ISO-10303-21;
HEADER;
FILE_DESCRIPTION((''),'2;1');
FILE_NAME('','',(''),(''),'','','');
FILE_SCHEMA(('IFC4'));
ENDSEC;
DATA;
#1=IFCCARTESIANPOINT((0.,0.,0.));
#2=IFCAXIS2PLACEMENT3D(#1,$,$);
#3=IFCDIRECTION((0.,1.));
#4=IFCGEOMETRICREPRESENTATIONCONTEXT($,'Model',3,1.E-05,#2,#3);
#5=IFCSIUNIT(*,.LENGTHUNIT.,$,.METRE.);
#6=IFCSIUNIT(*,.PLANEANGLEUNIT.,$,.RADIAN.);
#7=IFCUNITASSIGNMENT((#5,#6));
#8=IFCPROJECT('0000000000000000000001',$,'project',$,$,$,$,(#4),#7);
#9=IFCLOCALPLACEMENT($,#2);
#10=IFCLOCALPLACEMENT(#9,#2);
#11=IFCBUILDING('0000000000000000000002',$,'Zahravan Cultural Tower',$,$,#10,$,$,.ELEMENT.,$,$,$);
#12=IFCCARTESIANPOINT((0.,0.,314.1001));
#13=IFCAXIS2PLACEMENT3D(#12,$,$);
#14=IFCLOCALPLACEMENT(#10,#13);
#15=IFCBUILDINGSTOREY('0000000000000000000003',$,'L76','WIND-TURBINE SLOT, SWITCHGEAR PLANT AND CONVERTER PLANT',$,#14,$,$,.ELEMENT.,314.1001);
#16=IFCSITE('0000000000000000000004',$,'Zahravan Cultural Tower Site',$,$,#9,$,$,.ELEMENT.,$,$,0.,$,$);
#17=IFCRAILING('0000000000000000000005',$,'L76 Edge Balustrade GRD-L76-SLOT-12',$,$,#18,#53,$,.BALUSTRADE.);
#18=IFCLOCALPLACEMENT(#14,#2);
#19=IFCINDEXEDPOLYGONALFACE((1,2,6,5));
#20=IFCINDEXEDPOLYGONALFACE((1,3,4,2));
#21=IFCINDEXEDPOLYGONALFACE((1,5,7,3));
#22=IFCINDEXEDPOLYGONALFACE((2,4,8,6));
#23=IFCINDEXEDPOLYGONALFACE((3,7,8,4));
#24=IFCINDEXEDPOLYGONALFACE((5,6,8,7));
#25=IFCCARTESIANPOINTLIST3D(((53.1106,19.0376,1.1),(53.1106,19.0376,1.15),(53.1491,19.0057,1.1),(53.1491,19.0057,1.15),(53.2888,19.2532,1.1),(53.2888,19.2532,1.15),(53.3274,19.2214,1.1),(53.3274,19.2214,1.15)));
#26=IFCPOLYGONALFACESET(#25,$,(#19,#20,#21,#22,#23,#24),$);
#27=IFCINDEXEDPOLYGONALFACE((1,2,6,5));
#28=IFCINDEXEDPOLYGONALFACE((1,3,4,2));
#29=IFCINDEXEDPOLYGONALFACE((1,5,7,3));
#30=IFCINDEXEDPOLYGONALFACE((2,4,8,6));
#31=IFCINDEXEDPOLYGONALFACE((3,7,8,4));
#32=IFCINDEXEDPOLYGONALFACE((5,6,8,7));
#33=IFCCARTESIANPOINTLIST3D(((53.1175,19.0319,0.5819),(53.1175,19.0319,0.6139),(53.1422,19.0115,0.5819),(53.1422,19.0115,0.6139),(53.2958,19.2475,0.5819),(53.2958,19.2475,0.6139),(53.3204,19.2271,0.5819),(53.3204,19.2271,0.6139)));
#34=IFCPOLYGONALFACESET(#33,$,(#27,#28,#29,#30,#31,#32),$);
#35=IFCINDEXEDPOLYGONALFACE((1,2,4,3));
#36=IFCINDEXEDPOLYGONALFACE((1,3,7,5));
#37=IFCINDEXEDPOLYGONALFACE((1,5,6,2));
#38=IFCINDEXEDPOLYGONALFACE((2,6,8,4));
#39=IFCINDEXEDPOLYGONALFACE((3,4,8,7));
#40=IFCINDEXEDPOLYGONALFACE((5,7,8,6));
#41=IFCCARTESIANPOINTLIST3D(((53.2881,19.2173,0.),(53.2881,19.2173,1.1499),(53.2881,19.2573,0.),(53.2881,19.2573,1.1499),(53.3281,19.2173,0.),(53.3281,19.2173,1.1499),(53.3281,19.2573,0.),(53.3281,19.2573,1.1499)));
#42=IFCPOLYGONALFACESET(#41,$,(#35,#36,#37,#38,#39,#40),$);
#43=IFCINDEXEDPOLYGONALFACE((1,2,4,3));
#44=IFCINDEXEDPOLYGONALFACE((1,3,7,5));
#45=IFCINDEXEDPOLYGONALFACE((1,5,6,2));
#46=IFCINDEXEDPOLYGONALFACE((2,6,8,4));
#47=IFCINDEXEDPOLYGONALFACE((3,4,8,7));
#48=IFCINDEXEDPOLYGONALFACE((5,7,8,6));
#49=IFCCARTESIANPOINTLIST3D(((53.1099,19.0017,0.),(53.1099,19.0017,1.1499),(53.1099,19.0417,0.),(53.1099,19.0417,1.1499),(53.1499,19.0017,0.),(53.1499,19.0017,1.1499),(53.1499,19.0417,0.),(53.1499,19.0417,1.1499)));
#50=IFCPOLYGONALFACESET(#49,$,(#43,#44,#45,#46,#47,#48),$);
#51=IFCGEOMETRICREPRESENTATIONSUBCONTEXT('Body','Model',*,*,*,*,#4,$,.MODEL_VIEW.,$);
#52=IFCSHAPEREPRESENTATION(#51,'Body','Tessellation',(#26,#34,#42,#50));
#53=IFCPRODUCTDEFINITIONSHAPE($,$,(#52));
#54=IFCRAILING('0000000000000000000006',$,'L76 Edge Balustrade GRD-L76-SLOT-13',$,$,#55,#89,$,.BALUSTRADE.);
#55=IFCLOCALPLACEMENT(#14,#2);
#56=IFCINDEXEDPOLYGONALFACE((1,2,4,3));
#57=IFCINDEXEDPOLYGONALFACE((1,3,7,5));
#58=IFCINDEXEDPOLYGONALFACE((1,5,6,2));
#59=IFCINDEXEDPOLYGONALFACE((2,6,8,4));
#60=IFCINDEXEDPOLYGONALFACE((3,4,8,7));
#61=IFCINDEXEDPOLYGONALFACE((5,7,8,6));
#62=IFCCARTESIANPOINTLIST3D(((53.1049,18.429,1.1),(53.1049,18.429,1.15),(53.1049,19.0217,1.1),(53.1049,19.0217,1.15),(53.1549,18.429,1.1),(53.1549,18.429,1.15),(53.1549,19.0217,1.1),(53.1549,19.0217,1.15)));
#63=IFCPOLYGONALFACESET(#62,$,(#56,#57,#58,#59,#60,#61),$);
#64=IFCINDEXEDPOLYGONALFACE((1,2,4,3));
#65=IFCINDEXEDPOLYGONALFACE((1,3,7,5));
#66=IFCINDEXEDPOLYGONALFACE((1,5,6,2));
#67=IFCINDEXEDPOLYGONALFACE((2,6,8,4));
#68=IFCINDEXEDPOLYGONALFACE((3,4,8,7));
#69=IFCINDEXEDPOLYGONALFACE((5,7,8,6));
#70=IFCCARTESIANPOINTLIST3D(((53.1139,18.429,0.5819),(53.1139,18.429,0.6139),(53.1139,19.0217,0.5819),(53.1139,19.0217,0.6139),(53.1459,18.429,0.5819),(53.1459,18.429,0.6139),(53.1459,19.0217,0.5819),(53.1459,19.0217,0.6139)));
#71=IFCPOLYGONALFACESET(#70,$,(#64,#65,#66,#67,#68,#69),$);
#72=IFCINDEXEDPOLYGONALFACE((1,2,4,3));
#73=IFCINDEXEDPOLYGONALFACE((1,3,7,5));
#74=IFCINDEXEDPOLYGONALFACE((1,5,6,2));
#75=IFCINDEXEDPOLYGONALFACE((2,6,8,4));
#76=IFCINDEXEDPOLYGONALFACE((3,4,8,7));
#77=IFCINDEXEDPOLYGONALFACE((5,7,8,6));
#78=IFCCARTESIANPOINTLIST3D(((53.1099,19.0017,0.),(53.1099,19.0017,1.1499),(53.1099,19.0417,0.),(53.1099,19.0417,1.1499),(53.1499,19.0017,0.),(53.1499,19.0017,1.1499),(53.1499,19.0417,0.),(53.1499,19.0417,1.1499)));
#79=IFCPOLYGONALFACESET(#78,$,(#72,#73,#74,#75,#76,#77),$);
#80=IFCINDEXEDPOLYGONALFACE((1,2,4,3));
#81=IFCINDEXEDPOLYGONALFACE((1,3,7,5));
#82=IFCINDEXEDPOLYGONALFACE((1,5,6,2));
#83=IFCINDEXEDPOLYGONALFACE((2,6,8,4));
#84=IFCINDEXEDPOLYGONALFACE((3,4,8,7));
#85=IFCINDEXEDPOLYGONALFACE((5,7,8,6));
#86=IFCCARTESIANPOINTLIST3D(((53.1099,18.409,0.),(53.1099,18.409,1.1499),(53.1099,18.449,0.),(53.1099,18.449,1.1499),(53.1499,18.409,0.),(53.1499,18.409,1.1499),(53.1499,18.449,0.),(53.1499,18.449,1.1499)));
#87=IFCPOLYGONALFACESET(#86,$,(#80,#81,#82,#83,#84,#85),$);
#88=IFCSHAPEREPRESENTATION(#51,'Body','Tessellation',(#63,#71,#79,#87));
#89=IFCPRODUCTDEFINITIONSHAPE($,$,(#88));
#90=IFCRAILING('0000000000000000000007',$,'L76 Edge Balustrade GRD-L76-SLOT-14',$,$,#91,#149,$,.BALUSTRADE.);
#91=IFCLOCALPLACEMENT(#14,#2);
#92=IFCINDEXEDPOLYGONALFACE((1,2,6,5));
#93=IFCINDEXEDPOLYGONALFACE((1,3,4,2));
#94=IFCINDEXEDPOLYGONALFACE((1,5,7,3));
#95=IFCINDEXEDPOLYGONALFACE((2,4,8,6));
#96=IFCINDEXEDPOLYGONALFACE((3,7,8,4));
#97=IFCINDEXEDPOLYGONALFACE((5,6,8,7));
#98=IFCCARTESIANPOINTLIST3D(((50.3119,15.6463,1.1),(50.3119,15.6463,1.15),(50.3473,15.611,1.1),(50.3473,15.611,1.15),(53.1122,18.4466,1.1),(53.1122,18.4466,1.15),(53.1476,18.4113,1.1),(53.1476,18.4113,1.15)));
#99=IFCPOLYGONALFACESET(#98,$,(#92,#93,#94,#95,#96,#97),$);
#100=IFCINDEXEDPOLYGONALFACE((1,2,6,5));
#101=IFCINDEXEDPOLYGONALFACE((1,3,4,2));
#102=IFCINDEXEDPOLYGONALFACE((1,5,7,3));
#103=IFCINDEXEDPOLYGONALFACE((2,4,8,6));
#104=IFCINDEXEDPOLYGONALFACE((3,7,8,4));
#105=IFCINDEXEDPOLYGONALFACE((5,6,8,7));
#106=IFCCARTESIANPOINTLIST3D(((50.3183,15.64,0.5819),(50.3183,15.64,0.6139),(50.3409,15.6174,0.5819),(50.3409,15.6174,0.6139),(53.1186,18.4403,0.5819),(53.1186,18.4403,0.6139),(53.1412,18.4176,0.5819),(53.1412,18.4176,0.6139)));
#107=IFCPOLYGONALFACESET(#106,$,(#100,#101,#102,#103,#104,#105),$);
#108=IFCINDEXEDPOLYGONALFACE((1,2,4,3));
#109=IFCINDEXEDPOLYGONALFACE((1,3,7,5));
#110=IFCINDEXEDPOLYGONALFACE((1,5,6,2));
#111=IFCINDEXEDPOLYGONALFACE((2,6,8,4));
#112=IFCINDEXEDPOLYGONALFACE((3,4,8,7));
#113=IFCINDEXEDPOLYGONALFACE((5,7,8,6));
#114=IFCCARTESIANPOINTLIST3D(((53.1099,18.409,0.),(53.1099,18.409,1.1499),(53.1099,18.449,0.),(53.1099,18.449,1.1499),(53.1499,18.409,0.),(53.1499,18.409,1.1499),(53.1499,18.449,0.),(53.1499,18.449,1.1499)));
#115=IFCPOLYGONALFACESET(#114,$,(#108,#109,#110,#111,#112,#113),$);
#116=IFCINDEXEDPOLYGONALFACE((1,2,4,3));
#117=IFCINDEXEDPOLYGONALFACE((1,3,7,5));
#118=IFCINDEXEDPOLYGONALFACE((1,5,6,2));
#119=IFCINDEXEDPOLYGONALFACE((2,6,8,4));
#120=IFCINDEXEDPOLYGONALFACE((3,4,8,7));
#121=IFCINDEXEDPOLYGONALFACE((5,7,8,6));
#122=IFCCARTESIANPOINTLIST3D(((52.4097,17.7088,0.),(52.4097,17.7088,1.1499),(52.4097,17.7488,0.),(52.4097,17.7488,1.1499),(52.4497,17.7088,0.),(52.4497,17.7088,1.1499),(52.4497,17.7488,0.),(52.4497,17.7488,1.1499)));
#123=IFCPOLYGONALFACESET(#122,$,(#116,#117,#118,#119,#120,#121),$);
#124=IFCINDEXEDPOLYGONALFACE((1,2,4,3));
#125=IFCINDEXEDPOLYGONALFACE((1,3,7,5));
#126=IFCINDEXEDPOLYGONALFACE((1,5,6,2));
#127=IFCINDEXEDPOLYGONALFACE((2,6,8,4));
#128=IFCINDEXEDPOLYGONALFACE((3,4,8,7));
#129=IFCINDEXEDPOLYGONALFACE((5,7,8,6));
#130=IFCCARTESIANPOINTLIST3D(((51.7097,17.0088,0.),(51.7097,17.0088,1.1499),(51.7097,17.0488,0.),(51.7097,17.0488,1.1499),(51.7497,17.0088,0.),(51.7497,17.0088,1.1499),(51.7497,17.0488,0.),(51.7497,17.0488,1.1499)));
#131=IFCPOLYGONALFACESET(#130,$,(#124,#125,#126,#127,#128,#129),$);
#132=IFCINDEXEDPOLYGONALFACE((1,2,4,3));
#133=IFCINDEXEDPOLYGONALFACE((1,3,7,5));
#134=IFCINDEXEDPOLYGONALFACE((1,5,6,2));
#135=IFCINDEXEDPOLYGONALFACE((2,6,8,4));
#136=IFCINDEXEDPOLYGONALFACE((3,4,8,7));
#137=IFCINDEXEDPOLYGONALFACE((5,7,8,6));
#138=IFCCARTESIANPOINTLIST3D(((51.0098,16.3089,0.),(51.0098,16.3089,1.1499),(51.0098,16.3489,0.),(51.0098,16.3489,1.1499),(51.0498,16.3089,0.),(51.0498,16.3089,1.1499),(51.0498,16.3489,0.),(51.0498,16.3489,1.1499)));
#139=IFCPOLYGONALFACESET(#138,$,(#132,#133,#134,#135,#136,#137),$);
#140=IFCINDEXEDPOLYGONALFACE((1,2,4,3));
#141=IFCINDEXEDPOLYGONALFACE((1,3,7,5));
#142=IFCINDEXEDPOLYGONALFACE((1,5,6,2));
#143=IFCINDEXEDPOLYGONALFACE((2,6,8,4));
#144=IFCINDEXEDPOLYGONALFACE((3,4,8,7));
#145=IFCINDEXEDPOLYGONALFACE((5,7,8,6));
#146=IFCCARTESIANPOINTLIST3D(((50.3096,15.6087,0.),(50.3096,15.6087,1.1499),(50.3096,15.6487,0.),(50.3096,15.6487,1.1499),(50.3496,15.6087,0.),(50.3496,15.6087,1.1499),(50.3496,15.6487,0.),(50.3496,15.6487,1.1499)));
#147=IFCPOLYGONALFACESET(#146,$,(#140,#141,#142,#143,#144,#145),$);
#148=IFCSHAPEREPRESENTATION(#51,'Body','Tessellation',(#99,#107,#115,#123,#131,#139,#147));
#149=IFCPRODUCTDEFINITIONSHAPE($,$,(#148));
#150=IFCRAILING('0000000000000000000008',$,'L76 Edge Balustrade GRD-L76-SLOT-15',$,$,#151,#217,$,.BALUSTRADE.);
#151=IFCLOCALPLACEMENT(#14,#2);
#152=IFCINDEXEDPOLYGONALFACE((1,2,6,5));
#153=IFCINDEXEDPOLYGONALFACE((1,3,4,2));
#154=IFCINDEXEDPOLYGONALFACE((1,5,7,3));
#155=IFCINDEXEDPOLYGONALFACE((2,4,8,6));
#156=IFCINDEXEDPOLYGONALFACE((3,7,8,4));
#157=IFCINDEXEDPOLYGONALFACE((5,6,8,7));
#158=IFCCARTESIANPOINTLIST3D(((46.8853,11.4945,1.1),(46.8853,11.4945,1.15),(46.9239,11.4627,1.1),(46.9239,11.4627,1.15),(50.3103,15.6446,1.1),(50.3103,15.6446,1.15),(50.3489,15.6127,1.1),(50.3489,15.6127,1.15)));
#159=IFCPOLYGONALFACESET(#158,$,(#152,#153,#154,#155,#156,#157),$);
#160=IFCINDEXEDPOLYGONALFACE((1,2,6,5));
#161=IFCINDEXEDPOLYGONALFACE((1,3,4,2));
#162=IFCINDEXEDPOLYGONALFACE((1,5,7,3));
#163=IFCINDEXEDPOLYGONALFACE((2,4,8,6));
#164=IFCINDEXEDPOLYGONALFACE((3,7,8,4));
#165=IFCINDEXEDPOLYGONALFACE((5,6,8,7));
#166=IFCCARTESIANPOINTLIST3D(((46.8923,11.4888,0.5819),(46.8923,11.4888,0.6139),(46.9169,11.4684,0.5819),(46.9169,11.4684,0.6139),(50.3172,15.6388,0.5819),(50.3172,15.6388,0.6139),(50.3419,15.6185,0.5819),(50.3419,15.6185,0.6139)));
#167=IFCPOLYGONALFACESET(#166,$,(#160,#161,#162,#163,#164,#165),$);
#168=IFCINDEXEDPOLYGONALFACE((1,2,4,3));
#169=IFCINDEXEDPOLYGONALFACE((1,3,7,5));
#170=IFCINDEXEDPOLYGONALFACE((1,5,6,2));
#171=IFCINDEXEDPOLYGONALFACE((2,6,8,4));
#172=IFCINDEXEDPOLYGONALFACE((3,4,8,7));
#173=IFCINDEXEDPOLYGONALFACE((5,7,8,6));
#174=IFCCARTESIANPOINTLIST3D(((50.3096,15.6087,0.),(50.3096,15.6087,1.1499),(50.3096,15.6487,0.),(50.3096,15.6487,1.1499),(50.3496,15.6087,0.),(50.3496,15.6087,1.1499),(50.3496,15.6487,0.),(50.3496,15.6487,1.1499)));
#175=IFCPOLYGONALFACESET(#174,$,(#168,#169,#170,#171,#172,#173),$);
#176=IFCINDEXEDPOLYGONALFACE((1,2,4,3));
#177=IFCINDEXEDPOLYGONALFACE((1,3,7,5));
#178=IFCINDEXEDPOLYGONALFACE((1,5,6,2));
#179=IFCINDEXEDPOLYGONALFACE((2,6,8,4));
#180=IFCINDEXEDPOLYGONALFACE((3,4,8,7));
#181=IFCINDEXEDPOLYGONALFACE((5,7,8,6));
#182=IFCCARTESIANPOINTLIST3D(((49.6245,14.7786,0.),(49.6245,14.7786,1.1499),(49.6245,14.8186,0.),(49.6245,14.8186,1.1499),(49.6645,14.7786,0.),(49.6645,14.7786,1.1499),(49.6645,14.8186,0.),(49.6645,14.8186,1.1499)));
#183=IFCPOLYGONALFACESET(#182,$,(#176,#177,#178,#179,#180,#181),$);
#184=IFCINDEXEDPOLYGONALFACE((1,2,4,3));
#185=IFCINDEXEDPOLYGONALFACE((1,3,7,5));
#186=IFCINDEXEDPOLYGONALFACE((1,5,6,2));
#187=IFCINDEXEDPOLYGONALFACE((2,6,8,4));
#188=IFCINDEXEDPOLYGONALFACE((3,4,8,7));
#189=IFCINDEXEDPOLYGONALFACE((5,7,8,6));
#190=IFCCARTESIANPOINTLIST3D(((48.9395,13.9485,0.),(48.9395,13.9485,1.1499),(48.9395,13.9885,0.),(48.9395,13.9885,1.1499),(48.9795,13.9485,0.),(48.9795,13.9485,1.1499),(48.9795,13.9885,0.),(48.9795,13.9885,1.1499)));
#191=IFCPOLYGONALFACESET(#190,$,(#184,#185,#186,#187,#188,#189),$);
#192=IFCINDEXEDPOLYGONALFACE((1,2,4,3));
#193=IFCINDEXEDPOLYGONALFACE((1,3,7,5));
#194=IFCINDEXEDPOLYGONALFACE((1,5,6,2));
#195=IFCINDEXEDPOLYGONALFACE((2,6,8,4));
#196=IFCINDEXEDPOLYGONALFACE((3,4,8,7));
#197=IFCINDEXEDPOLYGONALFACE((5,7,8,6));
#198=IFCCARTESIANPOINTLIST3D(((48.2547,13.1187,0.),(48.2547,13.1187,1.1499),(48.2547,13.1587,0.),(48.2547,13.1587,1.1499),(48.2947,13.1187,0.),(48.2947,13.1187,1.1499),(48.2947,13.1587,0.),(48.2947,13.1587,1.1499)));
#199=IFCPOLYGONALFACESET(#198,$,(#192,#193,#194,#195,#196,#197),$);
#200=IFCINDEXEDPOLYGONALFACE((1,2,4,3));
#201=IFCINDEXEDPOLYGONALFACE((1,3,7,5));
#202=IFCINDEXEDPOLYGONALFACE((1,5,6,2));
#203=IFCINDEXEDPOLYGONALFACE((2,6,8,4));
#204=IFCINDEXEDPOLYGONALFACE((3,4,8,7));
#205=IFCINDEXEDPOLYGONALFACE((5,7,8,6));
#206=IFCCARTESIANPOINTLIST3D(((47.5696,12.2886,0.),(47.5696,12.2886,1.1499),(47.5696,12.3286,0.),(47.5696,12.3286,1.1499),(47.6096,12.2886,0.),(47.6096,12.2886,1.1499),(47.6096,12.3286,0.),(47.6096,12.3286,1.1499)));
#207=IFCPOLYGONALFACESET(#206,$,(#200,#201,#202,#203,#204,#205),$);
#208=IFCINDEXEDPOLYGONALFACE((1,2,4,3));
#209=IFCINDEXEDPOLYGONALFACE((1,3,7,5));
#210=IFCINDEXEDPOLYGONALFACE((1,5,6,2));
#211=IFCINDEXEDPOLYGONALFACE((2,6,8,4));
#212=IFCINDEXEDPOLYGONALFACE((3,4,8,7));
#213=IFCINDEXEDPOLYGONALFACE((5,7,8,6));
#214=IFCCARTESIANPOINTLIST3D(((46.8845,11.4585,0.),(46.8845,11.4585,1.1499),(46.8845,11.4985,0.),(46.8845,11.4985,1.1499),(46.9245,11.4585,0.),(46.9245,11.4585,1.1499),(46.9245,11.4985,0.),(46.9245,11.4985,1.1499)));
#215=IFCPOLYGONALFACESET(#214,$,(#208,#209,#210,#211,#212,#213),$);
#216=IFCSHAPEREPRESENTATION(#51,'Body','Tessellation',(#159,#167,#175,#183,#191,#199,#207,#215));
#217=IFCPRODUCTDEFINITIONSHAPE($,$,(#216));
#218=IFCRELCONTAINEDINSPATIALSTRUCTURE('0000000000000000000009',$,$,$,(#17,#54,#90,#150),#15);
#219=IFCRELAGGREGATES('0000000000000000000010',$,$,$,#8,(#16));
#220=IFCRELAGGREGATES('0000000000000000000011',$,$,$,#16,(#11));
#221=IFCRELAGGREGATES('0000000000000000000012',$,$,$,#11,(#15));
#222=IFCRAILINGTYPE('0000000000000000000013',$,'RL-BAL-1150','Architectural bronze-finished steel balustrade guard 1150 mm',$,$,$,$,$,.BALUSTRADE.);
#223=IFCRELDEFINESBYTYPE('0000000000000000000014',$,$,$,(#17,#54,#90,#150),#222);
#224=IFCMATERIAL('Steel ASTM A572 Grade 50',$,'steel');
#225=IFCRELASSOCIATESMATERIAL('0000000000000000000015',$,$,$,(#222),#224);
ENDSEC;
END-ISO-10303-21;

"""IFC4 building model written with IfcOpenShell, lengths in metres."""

from ifc_helpers import new_model, si_unit, direction, frame, origin, origin_2d, place, context, subcontext, project, spatial, rectangle, extrude, material, type_object, element, save


model = new_model("IFC4")

# Units and contexts
model_context = context("Model", 3, precision=1e-05, world=origin(), true_north=direction((0.0, 1.0)))
body_context = subcontext(model_context, "Body", "Model", "MODEL_VIEW")
ifc_project = project(units=[si_unit("LENGTHUNIT", "METRE"), si_unit("PLANEANGLEUNIT", "RADIAN")], contexts=[model_context])

# Site, building, storey
site_placement = place(None, origin())
site = spatial("IfcSite", under=ifc_project, at=site_placement, Name="Zahravan Cultural Tower Site", CompositionType="ELEMENT", RefElevation=0.0)
building_placement = place(site_placement, origin())
building = spatial("IfcBuilding", under=site, at=building_placement, Name="Zahravan Cultural Tower", CompositionType="ELEMENT")
storey_placement = place(building_placement, frame((0.0, 0.0, 314.1001)))
storey = spatial("IfcBuildingStorey", under=building, at=storey_placement, Name="L76", Description="WIND-TURBINE SLOT, SWITCHGEAR PLANT AND CONVERTER PLANT", CompositionType="ELEMENT", Elevation=314.1001)

# Shared definitions
ifc_material_1 = material(Name="Steel ASTM A572 Grade 50", Category="steel")

# Railings
railing_type_1 = type_object("IfcRailingType", Name="RL-BAL-1150", Description="Architectural bronze-finished steel balustrade guard 1150 mm", PredefinedType="BALUSTRADE", material=ifc_material_1)
railing_1_placement = place(storey_placement, frame((53.3081, 19.2373, 0.0)))
element("IfcRailing", 1, at=railing_1_placement, inside=storey, type_object=railing_type_1, Name="L76 Edge Balustrade GRD-L76-SLOT-12", PredefinedType="BALUSTRADE", context=body_context, shape_type="SweptSolid", body=[
    extrude(rectangle(XDim=0.05, YDim=0.05, at=origin_2d()), frame((0.0, 0.0, 1.125), z_axis=(-0.637175, -0.770719, 0.0), x_axis=(0.770719, -0.637175, 0.0)), (0.0, 0.0, 1.0), 0.2798),
    extrude(rectangle(XDim=0.032, YDim=0.032, at=origin_2d()), frame((0.0, 0.0, 0.5979), z_axis=(-0.637175, -0.770719, 0.0), x_axis=(0.770719, -0.637175, 0.0)), (0.0, 0.0, 1.0), 0.2798),
    extrude(rectangle(XDim=0.04, YDim=0.04, at=origin_2d()), origin(), (0.0, 0.0, 1.0), 1.1499),
    extrude(rectangle(XDim=0.04, YDim=0.04, at=origin_2d()), frame((-0.1782, -0.2156, 0.0)), (0.0, 0.0, 1.0), 1.1499),
])
railing_2_placement = place(storey_placement, frame((53.1299, 19.0217, 0.0)))
element("IfcRailing", 2, at=railing_2_placement, inside=storey, type_object=railing_type_1, Name="L76 Edge Balustrade GRD-L76-SLOT-13", PredefinedType="BALUSTRADE", context=body_context, shape_type="SweptSolid", body=[
    extrude(rectangle(XDim=0.05, YDim=0.05, at=origin_2d()), frame((0.0, 0.0, 1.125), z_axis=(0.0, -1.0, 0.0), x_axis=(1.0, 0.0, 0.0)), (0.0, 0.0, 1.0), 0.5928),
    extrude(rectangle(XDim=0.032, YDim=0.032, at=origin_2d()), frame((0.0, 0.0, 0.5979), z_axis=(0.0, -1.0, 0.0), x_axis=(1.0, 0.0, 0.0)), (0.0, 0.0, 1.0), 0.5928),
    extrude(rectangle(XDim=0.04, YDim=0.04, at=origin_2d()), origin(), (0.0, 0.0, 1.0), 1.1499),
    extrude(rectangle(XDim=0.04, YDim=0.04, at=origin_2d()), frame((0.0, -0.5928, 0.0)), (0.0, 0.0, 1.0), 1.1499),
])
railing_3_placement = place(storey_placement, frame((53.1299, 18.429, 0.0)))
element("IfcRailing", 3, at=railing_3_placement, inside=storey, type_object=railing_type_1, Name="L76 Edge Balustrade GRD-L76-SLOT-14", PredefinedType="BALUSTRADE", context=body_context, shape_type="SweptSolid", body=[
    extrude(rectangle(XDim=0.05, YDim=0.05, at=origin_2d()), frame((0.0, 0.0, 1.125), z_axis=(-0.707107, -0.707107, 0.0), x_axis=(0.707107, -0.707107, 0.0)), (0.0, 0.0, 1.0), 3.9602),
    extrude(rectangle(XDim=0.032, YDim=0.032, at=origin_2d()), frame((0.0, 0.0, 0.5979), z_axis=(-0.707107, -0.707107, 0.0), x_axis=(0.707107, -0.707107, 0.0)), (0.0, 0.0, 1.0), 3.9602),
    extrude(rectangle(XDim=0.04, YDim=0.04, at=origin_2d()), origin(), (0.0, 0.0, 1.0), 1.1499),
    extrude(rectangle(XDim=0.04, YDim=0.04, at=origin_2d()), frame((-0.7002, -0.7002, 0.0)), (0.0, 0.0, 1.0), 1.1499),
    extrude(rectangle(XDim=0.04, YDim=0.04, at=origin_2d()), frame((-1.4001, -1.4001, 0.0)), (0.0, 0.0, 1.0), 1.1499),
    extrude(rectangle(XDim=0.04, YDim=0.04, at=origin_2d()), frame((-2.1001, -2.1001, 0.0)), (0.0, 0.0, 1.0), 1.1499),
    extrude(rectangle(XDim=0.04, YDim=0.04, at=origin_2d()), frame((-2.8003, -2.8003, 0.0)), (0.0, 0.0, 1.0), 1.1499),
])
railing_4_placement = place(storey_placement, frame((50.3296, 15.6287, 0.0)))
element("IfcRailing", 4, at=railing_4_placement, inside=storey, type_object=railing_type_1, Name="L76 Edge Balustrade GRD-L76-SLOT-15", PredefinedType="BALUSTRADE", context=body_context, shape_type="SweptSolid", body=[
    extrude(rectangle(XDim=0.05, YDim=0.05, at=origin_2d()), frame((0.0, 0.0, 1.125), z_axis=(-0.636513, -0.771266, 0.0), x_axis=(0.771266, -0.636513, 0.0)), (0.0, 0.0, 1.0), 5.3809),
    extrude(rectangle(XDim=0.032, YDim=0.032, at=origin_2d()), frame((0.0, 0.0, 0.5979), z_axis=(-0.636513, -0.771266, 0.0), x_axis=(0.771266, -0.636513, 0.0)), (0.0, 0.0, 1.0), 5.3809),
    extrude(rectangle(XDim=0.04, YDim=0.04, at=origin_2d()), origin(), (0.0, 0.0, 1.0), 1.1499),
    extrude(rectangle(XDim=0.04, YDim=0.04, at=origin_2d()), frame((-0.6851, -0.8301, 0.0)), (0.0, 0.0, 1.0), 1.1499),
    extrude(rectangle(XDim=0.04, YDim=0.04, at=origin_2d()), frame((-1.3701, -1.6602, 0.0)), (0.0, 0.0, 1.0), 1.1499),
    extrude(rectangle(XDim=0.04, YDim=0.04, at=origin_2d()), frame((-2.0549, -2.49, 0.0)), (0.0, 0.0, 1.0), 1.1499),
    extrude(rectangle(XDim=0.04, YDim=0.04, at=origin_2d()), frame((-2.74, -3.3201, 0.0)), (0.0, 0.0, 1.0), 1.1499),
    extrude(rectangle(XDim=0.04, YDim=0.04, at=origin_2d()), frame((-3.425, -4.1501, 0.0)), (0.0, 0.0, 1.0), 1.1499),
])

save(model, "model.ifc")
